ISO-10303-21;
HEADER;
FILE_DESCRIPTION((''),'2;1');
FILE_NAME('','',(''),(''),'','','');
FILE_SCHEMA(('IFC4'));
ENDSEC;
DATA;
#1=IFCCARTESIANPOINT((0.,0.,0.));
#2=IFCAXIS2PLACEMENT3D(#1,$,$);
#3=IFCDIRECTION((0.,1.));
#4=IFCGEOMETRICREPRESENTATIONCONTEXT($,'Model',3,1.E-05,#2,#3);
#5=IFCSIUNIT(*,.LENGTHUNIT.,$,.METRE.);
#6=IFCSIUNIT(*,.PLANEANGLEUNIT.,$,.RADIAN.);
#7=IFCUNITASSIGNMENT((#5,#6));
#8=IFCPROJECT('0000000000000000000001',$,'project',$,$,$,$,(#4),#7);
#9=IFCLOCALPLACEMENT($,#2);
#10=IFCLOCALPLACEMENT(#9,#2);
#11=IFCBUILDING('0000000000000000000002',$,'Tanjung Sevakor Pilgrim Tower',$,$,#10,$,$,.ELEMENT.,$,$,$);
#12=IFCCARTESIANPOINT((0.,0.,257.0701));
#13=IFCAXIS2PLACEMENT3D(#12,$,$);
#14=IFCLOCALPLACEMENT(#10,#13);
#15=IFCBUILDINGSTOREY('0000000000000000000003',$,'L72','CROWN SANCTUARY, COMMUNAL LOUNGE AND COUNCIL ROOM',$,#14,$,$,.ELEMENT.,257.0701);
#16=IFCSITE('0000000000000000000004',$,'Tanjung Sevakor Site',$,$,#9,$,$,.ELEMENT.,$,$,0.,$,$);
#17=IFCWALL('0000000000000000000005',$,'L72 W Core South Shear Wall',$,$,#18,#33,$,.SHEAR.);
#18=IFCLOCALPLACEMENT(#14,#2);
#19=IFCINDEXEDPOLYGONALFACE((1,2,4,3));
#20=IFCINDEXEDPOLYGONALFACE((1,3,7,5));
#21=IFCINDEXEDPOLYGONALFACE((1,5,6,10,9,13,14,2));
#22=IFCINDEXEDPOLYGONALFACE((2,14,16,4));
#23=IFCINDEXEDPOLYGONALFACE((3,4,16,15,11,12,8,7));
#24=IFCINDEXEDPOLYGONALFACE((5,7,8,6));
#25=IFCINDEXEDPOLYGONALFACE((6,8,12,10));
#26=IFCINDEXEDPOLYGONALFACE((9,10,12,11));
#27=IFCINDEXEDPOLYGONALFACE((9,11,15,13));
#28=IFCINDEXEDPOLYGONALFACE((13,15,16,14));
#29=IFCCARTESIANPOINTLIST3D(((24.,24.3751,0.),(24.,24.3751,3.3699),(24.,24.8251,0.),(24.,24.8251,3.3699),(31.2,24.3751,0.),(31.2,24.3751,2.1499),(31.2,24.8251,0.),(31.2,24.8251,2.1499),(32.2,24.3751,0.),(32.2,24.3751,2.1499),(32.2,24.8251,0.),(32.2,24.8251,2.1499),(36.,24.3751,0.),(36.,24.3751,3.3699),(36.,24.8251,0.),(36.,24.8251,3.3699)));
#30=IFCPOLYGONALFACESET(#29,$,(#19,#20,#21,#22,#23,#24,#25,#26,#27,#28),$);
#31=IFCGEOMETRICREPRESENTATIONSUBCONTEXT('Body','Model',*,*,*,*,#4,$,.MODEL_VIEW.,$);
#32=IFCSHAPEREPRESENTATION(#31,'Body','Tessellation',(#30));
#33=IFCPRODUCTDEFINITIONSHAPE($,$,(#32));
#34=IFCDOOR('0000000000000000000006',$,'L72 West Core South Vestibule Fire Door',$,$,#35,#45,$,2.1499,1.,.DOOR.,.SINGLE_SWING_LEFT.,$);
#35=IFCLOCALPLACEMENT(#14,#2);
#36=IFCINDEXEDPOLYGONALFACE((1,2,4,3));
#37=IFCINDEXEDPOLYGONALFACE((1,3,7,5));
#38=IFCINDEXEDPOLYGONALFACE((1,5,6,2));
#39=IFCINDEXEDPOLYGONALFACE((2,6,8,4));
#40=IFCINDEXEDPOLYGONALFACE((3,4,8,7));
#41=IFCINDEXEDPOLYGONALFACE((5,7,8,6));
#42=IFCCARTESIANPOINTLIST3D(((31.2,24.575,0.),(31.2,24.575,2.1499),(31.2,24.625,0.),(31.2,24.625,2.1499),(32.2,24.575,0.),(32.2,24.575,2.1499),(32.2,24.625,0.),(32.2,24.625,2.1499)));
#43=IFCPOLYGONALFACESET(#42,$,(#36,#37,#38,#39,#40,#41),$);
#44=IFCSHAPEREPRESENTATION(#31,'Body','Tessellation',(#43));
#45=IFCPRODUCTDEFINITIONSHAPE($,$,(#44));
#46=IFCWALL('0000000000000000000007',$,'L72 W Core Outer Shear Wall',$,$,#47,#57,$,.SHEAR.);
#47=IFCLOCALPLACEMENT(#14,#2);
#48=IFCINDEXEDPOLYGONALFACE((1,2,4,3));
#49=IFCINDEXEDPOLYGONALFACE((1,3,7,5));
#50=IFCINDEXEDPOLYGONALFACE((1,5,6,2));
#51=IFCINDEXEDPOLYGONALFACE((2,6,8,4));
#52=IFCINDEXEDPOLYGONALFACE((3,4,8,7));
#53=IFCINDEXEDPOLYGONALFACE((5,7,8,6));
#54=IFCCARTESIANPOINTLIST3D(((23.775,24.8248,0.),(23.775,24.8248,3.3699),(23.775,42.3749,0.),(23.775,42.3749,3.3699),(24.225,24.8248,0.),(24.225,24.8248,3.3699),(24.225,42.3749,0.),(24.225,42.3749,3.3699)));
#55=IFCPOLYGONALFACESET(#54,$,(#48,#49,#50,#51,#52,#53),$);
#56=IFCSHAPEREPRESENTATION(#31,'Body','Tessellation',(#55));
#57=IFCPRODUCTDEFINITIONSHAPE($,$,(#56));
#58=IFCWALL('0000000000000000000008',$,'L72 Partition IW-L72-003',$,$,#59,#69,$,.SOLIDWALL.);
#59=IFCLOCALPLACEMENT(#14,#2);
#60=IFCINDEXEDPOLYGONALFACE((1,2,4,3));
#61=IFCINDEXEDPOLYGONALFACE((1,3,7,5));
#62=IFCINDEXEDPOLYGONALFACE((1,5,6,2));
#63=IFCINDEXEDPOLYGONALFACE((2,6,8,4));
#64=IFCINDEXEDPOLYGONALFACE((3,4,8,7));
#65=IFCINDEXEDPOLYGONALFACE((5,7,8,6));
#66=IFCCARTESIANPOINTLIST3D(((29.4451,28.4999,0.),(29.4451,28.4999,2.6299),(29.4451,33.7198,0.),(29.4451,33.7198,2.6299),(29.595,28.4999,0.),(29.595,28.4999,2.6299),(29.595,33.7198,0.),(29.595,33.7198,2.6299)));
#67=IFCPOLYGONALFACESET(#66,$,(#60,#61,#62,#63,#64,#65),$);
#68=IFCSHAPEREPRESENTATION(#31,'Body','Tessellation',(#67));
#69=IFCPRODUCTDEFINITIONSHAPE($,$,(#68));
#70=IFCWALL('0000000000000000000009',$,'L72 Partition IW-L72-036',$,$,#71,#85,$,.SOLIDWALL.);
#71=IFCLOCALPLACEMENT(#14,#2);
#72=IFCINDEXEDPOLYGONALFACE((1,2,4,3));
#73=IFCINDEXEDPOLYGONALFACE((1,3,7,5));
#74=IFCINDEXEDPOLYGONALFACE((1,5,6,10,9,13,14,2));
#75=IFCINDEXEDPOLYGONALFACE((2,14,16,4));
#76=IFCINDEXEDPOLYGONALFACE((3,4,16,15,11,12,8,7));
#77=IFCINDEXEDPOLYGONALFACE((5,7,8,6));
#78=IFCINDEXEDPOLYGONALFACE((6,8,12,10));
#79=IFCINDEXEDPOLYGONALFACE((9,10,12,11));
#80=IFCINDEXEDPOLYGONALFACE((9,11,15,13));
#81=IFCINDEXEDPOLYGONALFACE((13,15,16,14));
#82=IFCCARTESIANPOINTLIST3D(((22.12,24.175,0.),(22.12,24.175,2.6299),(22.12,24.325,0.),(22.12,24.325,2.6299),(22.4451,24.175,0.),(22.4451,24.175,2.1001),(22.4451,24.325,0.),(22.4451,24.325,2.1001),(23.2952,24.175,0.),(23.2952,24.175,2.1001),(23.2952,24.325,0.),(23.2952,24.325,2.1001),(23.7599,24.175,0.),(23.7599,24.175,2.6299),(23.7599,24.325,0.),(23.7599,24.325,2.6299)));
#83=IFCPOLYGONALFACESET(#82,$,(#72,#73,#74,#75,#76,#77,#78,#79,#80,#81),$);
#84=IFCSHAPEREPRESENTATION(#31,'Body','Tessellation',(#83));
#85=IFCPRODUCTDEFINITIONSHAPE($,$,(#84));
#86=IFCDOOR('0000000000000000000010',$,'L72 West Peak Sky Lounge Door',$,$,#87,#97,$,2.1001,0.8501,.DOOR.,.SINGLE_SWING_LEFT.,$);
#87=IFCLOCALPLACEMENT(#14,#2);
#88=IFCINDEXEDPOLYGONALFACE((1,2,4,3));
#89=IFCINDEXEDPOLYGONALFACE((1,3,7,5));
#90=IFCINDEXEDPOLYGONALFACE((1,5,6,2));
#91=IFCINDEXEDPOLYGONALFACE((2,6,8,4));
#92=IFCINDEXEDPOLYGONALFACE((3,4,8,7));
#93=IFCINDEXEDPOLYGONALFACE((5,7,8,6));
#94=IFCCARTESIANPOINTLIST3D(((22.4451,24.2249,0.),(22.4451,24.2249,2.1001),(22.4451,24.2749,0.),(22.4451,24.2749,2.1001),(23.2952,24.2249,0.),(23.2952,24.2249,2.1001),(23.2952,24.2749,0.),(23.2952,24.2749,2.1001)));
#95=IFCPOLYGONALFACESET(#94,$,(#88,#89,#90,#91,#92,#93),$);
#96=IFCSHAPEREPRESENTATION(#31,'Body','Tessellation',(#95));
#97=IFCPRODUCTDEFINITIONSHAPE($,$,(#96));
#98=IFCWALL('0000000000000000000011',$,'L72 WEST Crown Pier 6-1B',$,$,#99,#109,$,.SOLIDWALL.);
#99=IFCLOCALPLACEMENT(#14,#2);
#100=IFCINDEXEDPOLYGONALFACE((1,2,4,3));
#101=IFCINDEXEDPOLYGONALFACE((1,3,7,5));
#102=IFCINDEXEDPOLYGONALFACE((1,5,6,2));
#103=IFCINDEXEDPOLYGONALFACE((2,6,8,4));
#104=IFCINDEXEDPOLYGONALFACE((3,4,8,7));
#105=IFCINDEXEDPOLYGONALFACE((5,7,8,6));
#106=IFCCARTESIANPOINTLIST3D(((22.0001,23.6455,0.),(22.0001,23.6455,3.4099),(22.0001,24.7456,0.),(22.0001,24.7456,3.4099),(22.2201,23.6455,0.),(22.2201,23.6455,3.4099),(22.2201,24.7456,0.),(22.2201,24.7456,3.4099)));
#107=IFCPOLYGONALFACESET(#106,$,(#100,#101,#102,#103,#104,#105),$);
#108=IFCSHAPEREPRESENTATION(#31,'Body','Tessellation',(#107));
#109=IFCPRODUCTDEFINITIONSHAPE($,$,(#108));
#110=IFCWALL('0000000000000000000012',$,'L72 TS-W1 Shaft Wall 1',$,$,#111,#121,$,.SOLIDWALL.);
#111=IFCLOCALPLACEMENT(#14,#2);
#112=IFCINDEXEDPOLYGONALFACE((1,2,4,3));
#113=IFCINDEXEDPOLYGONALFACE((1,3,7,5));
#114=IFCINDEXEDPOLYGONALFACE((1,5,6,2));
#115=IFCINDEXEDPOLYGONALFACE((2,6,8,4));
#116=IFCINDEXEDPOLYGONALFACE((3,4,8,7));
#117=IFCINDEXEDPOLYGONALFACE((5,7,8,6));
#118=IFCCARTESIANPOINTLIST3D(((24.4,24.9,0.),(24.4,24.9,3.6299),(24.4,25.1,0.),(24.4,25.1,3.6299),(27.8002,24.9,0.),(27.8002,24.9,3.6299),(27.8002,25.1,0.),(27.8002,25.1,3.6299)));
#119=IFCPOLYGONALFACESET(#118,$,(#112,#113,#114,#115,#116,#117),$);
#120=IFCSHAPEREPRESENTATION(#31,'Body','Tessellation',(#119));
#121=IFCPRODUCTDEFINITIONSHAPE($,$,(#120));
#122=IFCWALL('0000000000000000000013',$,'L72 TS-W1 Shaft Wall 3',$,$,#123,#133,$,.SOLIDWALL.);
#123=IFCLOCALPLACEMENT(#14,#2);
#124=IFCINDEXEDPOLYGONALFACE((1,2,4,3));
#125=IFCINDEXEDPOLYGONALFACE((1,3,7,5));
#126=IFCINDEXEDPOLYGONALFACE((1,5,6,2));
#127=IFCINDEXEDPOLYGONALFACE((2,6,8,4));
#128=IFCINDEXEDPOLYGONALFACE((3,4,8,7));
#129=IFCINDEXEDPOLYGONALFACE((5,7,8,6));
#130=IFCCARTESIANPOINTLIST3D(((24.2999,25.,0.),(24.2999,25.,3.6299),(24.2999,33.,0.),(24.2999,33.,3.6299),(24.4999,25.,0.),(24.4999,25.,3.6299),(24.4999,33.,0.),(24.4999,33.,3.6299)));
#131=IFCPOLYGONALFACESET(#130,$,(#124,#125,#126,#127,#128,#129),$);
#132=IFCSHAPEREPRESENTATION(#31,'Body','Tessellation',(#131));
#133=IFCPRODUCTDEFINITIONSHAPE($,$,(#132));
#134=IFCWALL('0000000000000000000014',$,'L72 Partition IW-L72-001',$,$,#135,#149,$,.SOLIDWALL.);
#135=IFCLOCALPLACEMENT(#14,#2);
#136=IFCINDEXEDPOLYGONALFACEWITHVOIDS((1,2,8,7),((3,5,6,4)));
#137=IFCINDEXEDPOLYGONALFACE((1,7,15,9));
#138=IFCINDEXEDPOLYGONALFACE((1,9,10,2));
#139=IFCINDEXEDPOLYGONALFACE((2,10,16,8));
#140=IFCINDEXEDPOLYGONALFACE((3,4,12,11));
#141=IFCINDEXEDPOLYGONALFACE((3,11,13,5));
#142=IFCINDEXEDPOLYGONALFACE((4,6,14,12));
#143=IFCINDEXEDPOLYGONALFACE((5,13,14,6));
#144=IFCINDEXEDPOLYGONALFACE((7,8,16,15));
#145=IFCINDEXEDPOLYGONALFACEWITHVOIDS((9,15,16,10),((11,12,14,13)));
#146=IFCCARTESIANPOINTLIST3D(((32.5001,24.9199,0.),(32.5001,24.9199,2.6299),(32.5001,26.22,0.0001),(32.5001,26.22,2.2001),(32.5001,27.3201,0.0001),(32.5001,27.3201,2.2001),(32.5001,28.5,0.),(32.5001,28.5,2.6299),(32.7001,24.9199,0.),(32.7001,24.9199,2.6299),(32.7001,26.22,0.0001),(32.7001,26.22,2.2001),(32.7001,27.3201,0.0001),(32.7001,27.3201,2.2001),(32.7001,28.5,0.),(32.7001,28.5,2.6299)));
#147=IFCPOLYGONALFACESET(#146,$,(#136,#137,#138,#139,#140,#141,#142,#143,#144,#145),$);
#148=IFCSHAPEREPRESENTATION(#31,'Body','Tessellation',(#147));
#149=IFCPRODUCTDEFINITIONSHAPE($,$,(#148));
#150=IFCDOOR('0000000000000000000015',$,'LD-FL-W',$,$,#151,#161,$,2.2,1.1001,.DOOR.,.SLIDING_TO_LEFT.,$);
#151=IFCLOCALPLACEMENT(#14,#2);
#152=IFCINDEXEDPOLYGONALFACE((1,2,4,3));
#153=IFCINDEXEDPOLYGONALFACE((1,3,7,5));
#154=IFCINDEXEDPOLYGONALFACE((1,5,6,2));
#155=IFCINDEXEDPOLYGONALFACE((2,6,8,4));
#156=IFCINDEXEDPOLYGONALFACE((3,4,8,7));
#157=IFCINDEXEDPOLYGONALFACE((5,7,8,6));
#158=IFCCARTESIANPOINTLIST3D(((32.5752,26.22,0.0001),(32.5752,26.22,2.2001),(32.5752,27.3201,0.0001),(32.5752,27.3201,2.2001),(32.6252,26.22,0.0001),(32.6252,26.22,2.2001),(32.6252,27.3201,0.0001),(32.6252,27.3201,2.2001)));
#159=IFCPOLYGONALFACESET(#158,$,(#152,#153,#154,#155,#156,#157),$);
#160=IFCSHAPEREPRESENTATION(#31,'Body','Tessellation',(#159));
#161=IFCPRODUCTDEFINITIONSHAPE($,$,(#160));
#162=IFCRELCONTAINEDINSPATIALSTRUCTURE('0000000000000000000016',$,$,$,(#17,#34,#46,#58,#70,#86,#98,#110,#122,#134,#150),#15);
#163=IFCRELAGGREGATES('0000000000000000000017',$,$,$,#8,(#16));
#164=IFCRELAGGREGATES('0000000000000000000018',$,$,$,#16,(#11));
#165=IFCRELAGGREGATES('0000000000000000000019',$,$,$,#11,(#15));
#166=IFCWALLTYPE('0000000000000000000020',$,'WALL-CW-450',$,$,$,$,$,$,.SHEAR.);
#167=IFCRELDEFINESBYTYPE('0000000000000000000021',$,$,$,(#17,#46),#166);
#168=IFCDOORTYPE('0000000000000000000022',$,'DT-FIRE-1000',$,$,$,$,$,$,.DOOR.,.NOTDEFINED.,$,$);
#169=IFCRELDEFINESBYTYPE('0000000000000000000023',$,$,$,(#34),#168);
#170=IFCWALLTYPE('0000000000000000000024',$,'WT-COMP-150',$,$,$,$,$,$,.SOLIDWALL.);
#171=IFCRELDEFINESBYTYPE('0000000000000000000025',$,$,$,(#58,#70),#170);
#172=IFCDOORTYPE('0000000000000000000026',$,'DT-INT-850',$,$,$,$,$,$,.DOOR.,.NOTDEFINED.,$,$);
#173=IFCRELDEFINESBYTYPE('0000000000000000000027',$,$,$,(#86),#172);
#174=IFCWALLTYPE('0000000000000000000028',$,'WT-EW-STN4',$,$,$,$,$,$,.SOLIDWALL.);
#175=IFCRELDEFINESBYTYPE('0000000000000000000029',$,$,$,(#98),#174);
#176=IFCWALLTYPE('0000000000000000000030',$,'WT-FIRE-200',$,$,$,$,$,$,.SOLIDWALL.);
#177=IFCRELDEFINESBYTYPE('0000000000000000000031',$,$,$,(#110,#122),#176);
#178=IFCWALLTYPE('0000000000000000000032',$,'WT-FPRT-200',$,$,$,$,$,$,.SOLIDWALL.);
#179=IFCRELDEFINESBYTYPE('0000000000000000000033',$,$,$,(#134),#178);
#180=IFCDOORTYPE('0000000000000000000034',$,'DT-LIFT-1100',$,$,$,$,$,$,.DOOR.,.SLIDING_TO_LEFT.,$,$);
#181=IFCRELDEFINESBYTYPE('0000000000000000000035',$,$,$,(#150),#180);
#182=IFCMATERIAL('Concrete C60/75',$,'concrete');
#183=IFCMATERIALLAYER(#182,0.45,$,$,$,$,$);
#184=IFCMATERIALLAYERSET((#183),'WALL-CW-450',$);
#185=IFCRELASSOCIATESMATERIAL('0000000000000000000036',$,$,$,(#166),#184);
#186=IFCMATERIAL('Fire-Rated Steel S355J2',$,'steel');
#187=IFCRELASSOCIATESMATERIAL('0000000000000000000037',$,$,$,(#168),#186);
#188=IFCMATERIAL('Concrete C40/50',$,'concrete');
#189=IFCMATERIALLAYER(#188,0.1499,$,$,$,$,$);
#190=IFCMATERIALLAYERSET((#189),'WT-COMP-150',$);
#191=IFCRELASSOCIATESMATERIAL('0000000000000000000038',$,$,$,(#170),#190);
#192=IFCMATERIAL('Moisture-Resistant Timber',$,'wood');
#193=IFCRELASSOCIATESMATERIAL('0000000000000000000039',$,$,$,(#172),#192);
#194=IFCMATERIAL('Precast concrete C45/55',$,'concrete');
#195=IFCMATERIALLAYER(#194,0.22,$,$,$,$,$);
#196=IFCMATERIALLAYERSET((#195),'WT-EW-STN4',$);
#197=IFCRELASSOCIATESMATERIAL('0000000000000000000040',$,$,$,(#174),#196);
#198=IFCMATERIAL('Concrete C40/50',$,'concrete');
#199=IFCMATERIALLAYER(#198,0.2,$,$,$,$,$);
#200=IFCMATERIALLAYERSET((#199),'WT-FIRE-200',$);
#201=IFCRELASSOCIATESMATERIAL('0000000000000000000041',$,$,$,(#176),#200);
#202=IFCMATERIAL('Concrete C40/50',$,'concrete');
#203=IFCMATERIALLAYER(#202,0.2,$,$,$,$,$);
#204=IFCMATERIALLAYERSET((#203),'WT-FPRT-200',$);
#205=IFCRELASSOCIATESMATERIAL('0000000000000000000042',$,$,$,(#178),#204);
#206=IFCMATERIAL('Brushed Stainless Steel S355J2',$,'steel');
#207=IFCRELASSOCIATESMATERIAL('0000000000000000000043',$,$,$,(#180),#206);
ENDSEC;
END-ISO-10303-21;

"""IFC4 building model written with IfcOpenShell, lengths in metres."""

from ifc_helpers import new_model, si_unit, direction, frame, frame_2d, origin, place, context, subcontext, project, spatial, rectangle, extrude, material, layer, layer_set, type_object, element, fill, save


model = new_model("IFC4")

# Units and contexts
model_context = context("Model", 3, precision=1e-05, world=origin(), true_north=direction((0.0, 1.0)))
body_context = subcontext(model_context, "Body", "Model", "MODEL_VIEW")
ifc_project = project(units=[si_unit("LENGTHUNIT", "METRE"), si_unit("PLANEANGLEUNIT", "RADIAN")], contexts=[model_context])

# Site, building, storey
site_placement = place(None, origin())
site = spatial("IfcSite", under=ifc_project, at=site_placement, Name="Tanjung Sevakor Site", CompositionType="ELEMENT", RefElevation=0.0)
building_placement = place(site_placement, origin())
building = spatial("IfcBuilding", under=site, at=building_placement, Name="Tanjung Sevakor Pilgrim Tower", CompositionType="ELEMENT")
storey_placement = place(building_placement, frame((0.0, 0.0, 257.0701)))
storey = spatial("IfcBuildingStorey", under=building, at=storey_placement, Name="L72", Description="CROWN SANCTUARY, COMMUNAL LOUNGE AND COUNCIL ROOM", CompositionType="ELEMENT", Elevation=257.0701)

# Wall, opening, door
ifc_material_1 = material(Name="Concrete C60/75", Category="concrete")
ifc_layer_1 = layer(ifc_material_1, 0.45)
ifc_layer_set_1 = layer_set([ifc_layer_1], Name="WALL-CW-450")
wall_type_1 = type_object("IfcWallType", Name="WALL-CW-450", PredefinedType="SHEAR", material=ifc_layer_set_1)
wall_1_placement = place(storey_placement, frame((24.0, 24.6001, 0.0), z_axis=(0.0, 0.0, 1.0), x_axis=(1.0, 0.0, 0.0)))
wall_1 = element("IfcWall", 1, at=wall_1_placement, inside=storey, type_object=wall_type_1, Name="L72 W Core South Shear Wall", PredefinedType="SHEAR", context=body_context, shape_type="SweptSolid", body=[
    extrude(rectangle(XDim=12.0, YDim=0.45, at=frame_2d((6.0, 0.0))), origin(), (0.0, 0.0, 1.0), 3.3699),
])
opening_1_placement = place(wall_1_placement, frame((7.2, 0.0, 0.0)))
opening_1 = element("IfcOpeningElement", 2, at=opening_1_placement, cuts=wall_1, PredefinedType="OPENING", context=body_context, shape_type="SweptSolid", body=[
    extrude(rectangle(XDim=1.0, YDim=2.1499, at=frame_2d((0.5, 1.075))), frame((0.0, 0.2349, 0.0), z_axis=(0.0, -1.0, 0.0), x_axis=(1.0, 0.0, 0.0)), (0.0, 0.0, 1.0), 0.47),
])
ifc_material_2 = material(Name="Fire-Rated Steel S355J2", Category="steel")
door_type_1 = type_object("IfcDoorType", Name="DT-FIRE-1000", OperationType="NOTDEFINED", PredefinedType="DOOR", material=ifc_material_2)
door_1_placement = place(opening_1_placement, origin())
door_1 = element("IfcDoor", 3, at=door_1_placement, inside=storey, type_object=door_type_1, Name="L72 West Core South Vestibule Fire Door", OperationType="SINGLE_SWING_LEFT", OverallHeight=2.1499, OverallWidth=1.0, PredefinedType="DOOR", context=body_context, shape_type="SweptSolid", body=[
    extrude(rectangle(XDim=1.0, YDim=2.1499, at=frame_2d((0.5, 1.075))), frame((0.0, 0.0249, 0.0), z_axis=(0.0, -1.0, 0.0), x_axis=(1.0, 0.0, 0.0)), (0.0, 0.0, 1.0), 0.05),
])
fill(opening_1, door_1)

# Wall
wall_2_placement = place(storey_placement, frame((24.0, 24.825, 0.0), z_axis=(0.0, 0.0, 1.0), x_axis=(0.0, 1.0, 0.0)))
element("IfcWall", 4, at=wall_2_placement, inside=storey, type_object=wall_type_1, Name="L72 W Core Outer Shear Wall", PredefinedType="SHEAR", context=body_context, shape_type="SweptSolid", body=[
    extrude(rectangle(XDim=17.55, YDim=0.45, at=frame_2d((8.7749, 0.0))), origin(), (0.0, 0.0, 1.0), 3.3699),
])

# Wall
ifc_material_3 = material(Name="Concrete C40/50", Category="concrete")
ifc_layer_2 = layer(ifc_material_3, 0.1499)
ifc_layer_set_2 = layer_set([ifc_layer_2], Name="WT-COMP-150")
wall_type_2 = type_object("IfcWallType", Name="WT-COMP-150", PredefinedType="SOLIDWALL", material=ifc_layer_set_2)
wall_3_placement = place(storey_placement, frame((29.52, 28.5, 0.0), z_axis=(0.0, 0.0, 1.0), x_axis=(0.0, 1.0, 0.0)))
element("IfcWall", 5, at=wall_3_placement, inside=storey, type_object=wall_type_2, Name="L72 Partition IW-L72-003", PredefinedType="SOLIDWALL", context=body_context, shape_type="SweptSolid", body=[
    extrude(rectangle(XDim=5.22, YDim=0.1499, at=frame_2d((2.6099, 0.0))), origin(), (0.0, 0.0, 1.0), 2.6299),
])

# Wall, opening, door
wall_4_placement = place(storey_placement, frame((22.1201, 24.25, 0.0), z_axis=(0.0, 0.0, 1.0), x_axis=(1.0, 0.0, 0.0)))
wall_4 = element("IfcWall", 6, at=wall_4_placement, inside=storey, type_object=wall_type_2, Name="L72 Partition IW-L72-036", PredefinedType="SOLIDWALL", context=body_context, shape_type="SweptSolid", body=[
    extrude(rectangle(XDim=1.6399, YDim=0.1499, at=frame_2d((0.8198, 0.0))), origin(), (0.0, 0.0, 1.0), 2.6299),
])
opening_2_placement = place(wall_4_placement, frame((0.325, 0.0, 0.0)))
opening_2 = element("IfcOpeningElement", 7, at=opening_2_placement, cuts=wall_4, PredefinedType="OPENING", context=body_context, shape_type="SweptSolid", body=[
    extrude(rectangle(XDim=0.8501, YDim=2.1001, at=frame_2d((0.425, 1.05))), frame((0.0, 0.085, 0.0), z_axis=(0.0, -1.0, 0.0), x_axis=(1.0, 0.0, 0.0)), (0.0, 0.0, 1.0), 0.1699),
])
ifc_material_4 = material(Name="Moisture-Resistant Timber", Category="wood")
door_type_2 = type_object("IfcDoorType", Name="DT-INT-850", OperationType="NOTDEFINED", PredefinedType="DOOR", material=ifc_material_4)
door_2_placement = place(opening_2_placement, origin())
door_2 = element("IfcDoor", 8, at=door_2_placement, inside=storey, type_object=door_type_2, Name="L72 West Peak Sky Lounge Door", OperationType="SINGLE_SWING_LEFT", OverallHeight=2.1001, OverallWidth=0.8501, PredefinedType="DOOR", context=body_context, shape_type="SweptSolid", body=[
    extrude(rectangle(XDim=0.8501, YDim=2.1001, at=frame_2d((0.425, 1.05))), frame((0.0, 0.0249, 0.0), z_axis=(0.0, -1.0, 0.0), x_axis=(1.0, 0.0, 0.0)), (0.0, 0.0, 1.0), 0.05),
])
fill(opening_2, door_2)

# Walls
ifc_material_5 = material(Name="Precast concrete C45/55", Category="concrete")
ifc_layer_3 = layer(ifc_material_5, 0.22)
ifc_layer_set_3 = layer_set([ifc_layer_3], Name="WT-EW-STN4")
wall_type_3 = type_object("IfcWallType", Name="WT-EW-STN4", PredefinedType="SOLIDWALL", material=ifc_layer_set_3)
wall_5_placement = place(storey_placement, frame((22.1101, 24.7456, 0.0), z_axis=(0.0, 0.0, 1.0), x_axis=(0.0, -1.0, 0.0)))
element("IfcWall", 9, at=wall_5_placement, inside=storey, type_object=wall_type_3, Name="L72 WEST Crown Pier 6-1B", PredefinedType="SOLIDWALL", context=body_context, shape_type="SweptSolid", body=[
    extrude(rectangle(XDim=1.1001, YDim=0.22, at=frame_2d((0.55, 0.0))), origin(), (0.0, 0.0, 1.0), 3.4099),
])
ifc_material_6 = material(Name="Concrete C40/50", Category="concrete")
ifc_layer_4 = layer(ifc_material_6, 0.2)
ifc_layer_set_4 = layer_set([ifc_layer_4], Name="WT-FIRE-200")
wall_type_4 = type_object("IfcWallType", Name="WT-FIRE-200", PredefinedType="SOLIDWALL", material=ifc_layer_set_4)
wall_6_placement = place(storey_placement, frame((24.3999, 25.0, 0.0), z_axis=(0.0, 0.0, 1.0), x_axis=(1.0, 0.0, 0.0)))
element("IfcWall", 10, at=wall_6_placement, inside=storey, type_object=wall_type_4, Name="L72 TS-W1 Shaft Wall 1", PredefinedType="SOLIDWALL", context=body_context, shape_type="SweptSolid", body=[
    extrude(rectangle(XDim=3.4001, YDim=0.2, at=frame_2d((1.7002, 0.0))), origin(), (0.0, 0.0, 1.0), 3.6299),
])
wall_7_placement = place(storey_placement, frame((24.3999, 33.0, 0.0), z_axis=(0.0, 0.0, 1.0), x_axis=(0.0, -1.0, 0.0)))
element("IfcWall", 11, at=wall_7_placement, inside=storey, type_object=wall_type_4, Name="L72 TS-W1 Shaft Wall 3", PredefinedType="SOLIDWALL", context=body_context, shape_type="SweptSolid", body=[
    extrude(rectangle(XDim=8.0, YDim=0.2, at=frame_2d((4.0, 0.0))), origin(), (0.0, 0.0, 1.0), 3.6299),
])

# Wall, opening, door
ifc_material_7 = material(Name="Concrete C40/50", Category="concrete")
ifc_layer_5 = layer(ifc_material_7, 0.2)
ifc_layer_set_5 = layer_set([ifc_layer_5], Name="WT-FPRT-200")
wall_type_5 = type_object("IfcWallType", Name="WT-FPRT-200", PredefinedType="SOLIDWALL", material=ifc_layer_set_5)
wall_8_placement = place(storey_placement, frame((32.6001, 24.9199, 0.0), z_axis=(0.0, 0.0, 1.0), x_axis=(0.0, 1.0, 0.0)))
wall_8 = element("IfcWall", 12, at=wall_8_placement, inside=storey, type_object=wall_type_5, Name="L72 Partition IW-L72-001", PredefinedType="SOLIDWALL", context=body_context, shape_type="SweptSolid", body=[
    extrude(rectangle(XDim=3.5801, YDim=0.2, at=frame_2d((1.79, 0.0))), origin(), (0.0, 0.0, 1.0), 2.6299),
])
opening_3_placement = place(wall_8_placement, frame((1.3, 0.0, 0.0)))
opening_3 = element("IfcOpeningElement", 13, at=opening_3_placement, cuts=wall_8, PredefinedType="OPENING", context=body_context, shape_type="SweptSolid", body=[
    extrude(rectangle(XDim=1.1001, YDim=2.2, at=frame_2d((0.55, 1.1001))), frame((0.0, 0.1099, 0.0), z_axis=(0.0, -1.0, 0.0), x_axis=(1.0, 0.0, 0.0)), (0.0, 0.0, 1.0), 0.22),
])
ifc_material_8 = material(Name="Brushed Stainless Steel S355J2", Category="steel")
door_type_3 = type_object("IfcDoorType", Name="DT-LIFT-1100", OperationType="SLIDING_TO_LEFT", PredefinedType="DOOR", material=ifc_material_8)
door_3_placement = place(opening_3_placement, origin())
door_3 = element("IfcDoor", 14, at=door_3_placement, inside=storey, type_object=door_type_3, Name="LD-FL-W", OperationType="SLIDING_TO_LEFT", OverallHeight=2.2, OverallWidth=1.1001, PredefinedType="DOOR", context=body_context, shape_type="SweptSolid", body=[
    extrude(rectangle(XDim=1.1001, YDim=2.2, at=frame_2d((0.55, 1.1001))), frame((0.0, 0.0249, 0.0), z_axis=(0.0, -1.0, 0.0), x_axis=(1.0, 0.0, 0.0)), (0.0, 0.0, 1.0), 0.05),
])
fill(opening_3, door_3)

save(model, "model.ifc")
